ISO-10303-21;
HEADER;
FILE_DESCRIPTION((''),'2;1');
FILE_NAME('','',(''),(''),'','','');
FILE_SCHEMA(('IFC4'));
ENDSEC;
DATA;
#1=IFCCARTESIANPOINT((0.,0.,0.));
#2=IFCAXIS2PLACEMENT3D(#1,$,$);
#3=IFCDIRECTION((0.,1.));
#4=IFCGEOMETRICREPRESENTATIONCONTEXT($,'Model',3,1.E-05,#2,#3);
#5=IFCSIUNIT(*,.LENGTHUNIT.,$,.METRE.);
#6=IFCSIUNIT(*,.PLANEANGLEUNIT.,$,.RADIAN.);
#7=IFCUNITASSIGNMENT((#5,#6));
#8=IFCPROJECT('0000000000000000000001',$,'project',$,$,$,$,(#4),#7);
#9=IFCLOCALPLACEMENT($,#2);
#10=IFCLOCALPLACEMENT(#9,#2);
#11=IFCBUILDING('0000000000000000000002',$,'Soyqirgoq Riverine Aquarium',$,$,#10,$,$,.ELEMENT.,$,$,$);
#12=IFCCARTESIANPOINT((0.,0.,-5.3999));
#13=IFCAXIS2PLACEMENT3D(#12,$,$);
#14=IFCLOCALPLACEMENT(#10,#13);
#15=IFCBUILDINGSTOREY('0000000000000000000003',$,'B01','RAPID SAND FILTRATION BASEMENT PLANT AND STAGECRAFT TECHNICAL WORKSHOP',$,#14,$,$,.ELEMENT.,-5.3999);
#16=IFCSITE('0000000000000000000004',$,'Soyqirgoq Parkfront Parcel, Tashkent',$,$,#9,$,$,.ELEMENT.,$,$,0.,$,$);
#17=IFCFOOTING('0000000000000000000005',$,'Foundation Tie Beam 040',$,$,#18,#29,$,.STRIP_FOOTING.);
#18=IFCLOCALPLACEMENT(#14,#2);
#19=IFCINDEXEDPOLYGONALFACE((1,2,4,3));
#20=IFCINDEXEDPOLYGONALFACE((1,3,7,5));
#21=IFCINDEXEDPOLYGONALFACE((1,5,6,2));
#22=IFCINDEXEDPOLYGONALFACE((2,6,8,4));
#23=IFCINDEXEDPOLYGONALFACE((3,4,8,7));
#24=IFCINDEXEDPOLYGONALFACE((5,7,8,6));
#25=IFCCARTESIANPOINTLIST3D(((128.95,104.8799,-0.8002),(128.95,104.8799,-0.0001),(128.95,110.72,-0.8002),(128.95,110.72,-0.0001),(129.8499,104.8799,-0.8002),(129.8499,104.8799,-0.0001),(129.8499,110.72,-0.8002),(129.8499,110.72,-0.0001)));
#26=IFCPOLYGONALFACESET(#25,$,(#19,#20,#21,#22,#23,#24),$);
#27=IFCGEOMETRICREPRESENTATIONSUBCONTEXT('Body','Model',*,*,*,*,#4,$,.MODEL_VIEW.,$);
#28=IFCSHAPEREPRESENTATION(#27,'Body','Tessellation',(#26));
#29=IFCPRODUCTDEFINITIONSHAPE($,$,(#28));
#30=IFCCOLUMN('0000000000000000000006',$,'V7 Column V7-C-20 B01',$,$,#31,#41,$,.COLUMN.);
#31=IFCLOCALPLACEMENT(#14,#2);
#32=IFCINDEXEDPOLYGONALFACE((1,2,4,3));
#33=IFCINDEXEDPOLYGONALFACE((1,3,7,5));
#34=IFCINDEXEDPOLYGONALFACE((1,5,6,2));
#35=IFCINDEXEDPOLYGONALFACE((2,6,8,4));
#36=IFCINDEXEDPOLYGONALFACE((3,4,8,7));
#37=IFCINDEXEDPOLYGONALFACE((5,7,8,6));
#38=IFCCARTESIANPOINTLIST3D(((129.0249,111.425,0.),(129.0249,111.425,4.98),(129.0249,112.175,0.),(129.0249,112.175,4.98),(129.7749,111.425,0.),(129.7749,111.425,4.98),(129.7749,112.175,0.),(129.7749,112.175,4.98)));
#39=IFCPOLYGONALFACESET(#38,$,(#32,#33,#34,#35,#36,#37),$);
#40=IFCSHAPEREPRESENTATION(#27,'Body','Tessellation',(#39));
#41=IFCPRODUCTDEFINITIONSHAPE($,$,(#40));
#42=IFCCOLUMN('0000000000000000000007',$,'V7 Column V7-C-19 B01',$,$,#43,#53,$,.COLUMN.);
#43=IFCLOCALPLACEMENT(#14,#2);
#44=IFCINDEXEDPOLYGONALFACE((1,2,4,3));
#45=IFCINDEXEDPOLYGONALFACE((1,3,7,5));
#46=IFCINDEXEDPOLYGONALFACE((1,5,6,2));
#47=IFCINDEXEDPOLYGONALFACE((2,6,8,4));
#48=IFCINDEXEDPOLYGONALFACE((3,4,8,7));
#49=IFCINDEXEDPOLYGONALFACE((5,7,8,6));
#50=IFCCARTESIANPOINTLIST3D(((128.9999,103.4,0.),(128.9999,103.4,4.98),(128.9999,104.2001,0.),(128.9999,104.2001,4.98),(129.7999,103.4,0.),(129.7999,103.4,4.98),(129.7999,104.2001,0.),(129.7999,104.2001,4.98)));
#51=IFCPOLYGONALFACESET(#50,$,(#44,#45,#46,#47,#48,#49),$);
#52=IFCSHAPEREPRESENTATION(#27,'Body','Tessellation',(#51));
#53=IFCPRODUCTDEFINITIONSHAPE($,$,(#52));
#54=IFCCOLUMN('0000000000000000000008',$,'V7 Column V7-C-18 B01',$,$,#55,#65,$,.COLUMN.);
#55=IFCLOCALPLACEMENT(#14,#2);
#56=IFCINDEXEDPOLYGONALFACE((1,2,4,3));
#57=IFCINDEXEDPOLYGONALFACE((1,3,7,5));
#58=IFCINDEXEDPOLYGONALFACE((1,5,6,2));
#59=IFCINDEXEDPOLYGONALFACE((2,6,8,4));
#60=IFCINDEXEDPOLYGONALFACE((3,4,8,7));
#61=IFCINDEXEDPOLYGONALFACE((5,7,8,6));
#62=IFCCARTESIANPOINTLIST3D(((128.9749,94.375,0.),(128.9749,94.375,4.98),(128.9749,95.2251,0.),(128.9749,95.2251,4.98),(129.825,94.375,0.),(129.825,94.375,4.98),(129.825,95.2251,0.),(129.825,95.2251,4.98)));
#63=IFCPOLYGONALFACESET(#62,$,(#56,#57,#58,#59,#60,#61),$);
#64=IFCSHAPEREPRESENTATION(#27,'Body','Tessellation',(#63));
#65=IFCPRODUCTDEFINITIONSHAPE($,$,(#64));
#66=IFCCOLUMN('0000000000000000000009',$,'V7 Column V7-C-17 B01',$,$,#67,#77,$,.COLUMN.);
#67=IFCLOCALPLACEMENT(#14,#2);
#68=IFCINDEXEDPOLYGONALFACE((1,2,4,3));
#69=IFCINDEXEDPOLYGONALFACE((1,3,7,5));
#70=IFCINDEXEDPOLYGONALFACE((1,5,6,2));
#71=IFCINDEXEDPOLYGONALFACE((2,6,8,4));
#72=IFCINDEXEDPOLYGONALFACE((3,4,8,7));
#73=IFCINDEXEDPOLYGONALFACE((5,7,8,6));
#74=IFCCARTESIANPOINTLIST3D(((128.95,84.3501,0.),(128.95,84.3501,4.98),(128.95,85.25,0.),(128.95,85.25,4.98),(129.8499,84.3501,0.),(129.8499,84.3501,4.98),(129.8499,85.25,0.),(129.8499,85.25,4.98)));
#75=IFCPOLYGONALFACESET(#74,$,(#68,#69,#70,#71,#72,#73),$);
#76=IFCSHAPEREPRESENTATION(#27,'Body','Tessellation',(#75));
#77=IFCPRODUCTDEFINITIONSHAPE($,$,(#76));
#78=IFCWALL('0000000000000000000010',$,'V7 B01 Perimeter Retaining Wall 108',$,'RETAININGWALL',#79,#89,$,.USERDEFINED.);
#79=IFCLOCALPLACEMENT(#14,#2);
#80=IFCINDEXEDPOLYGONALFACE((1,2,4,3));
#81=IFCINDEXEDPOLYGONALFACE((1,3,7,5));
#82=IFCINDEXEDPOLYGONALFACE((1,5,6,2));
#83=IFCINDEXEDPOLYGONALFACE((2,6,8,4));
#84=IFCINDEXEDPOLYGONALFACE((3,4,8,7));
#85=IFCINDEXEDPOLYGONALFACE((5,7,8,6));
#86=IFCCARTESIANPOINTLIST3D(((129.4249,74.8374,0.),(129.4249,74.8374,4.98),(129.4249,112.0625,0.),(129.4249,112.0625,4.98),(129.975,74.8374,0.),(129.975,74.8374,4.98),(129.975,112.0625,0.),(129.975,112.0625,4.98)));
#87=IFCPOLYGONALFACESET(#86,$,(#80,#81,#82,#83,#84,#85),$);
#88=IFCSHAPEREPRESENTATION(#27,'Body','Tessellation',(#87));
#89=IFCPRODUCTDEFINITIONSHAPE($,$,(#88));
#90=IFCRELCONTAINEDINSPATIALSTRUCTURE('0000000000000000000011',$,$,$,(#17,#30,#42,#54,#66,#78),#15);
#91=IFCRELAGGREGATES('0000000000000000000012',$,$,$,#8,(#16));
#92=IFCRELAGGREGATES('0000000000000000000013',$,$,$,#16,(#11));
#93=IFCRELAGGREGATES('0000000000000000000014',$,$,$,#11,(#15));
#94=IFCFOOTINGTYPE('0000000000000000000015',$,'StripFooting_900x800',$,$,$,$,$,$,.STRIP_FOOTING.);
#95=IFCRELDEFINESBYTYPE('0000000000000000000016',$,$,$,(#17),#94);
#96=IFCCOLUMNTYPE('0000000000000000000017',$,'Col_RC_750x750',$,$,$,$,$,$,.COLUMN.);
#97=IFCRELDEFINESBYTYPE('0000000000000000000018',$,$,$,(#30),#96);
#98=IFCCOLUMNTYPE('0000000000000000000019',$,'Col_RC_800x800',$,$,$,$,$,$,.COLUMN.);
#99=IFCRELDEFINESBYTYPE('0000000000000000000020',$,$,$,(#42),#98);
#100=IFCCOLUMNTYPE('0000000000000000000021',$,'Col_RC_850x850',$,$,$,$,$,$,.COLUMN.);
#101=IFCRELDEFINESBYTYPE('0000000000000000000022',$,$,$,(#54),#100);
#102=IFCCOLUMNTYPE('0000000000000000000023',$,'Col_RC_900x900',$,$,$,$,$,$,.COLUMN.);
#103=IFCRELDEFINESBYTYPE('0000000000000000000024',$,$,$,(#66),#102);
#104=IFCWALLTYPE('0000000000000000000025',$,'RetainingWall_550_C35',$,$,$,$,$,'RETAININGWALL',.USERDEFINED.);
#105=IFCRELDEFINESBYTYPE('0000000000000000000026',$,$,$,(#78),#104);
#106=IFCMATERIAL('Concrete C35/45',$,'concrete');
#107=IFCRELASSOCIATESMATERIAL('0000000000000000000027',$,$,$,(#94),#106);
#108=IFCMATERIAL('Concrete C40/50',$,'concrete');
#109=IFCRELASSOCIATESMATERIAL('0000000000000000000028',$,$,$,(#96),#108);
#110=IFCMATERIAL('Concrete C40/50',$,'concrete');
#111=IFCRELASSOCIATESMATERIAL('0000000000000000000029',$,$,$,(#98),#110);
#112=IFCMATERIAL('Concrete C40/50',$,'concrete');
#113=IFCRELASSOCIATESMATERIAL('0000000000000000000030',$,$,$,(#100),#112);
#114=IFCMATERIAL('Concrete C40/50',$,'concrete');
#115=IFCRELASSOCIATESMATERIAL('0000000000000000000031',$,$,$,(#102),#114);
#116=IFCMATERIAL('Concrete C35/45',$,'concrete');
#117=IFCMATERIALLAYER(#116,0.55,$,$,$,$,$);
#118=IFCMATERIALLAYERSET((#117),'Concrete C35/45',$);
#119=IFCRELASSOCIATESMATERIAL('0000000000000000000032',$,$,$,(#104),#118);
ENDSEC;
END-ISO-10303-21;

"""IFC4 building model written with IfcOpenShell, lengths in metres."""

from ifc_helpers import new_model, si_unit, direction, frame, frame_2d, origin, origin_2d, place, context, subcontext, project, spatial, rectangle, extrude, material, layer, layer_set, material_profile, profile_set, type_object, element, save


model = new_model("IFC4")

# Units and contexts
model_context = context("Model", 3, precision=1e-05, world=origin(), true_north=direction((0.0, 1.0)))
body_context = subcontext(model_context, "Body", "Model", "MODEL_VIEW")
ifc_project = project(units=[si_unit("LENGTHUNIT", "METRE"), si_unit("PLANEANGLEUNIT", "RADIAN")], contexts=[model_context])

# Site, building, storey
site_placement = place(None, origin())
site = spatial("IfcSite", under=ifc_project, at=site_placement, Name="Soyqirgoq Parkfront Parcel, Tashkent", CompositionType="ELEMENT", RefElevation=0.0)
building_placement = place(site_placement, origin())
building = spatial("IfcBuilding", under=site, at=building_placement, Name="Soyqirgoq Riverine Aquarium", CompositionType="ELEMENT")
storey_placement = place(building_placement, frame((0.0, 0.0, -5.3999)))
storey = spatial("IfcBuildingStorey", under=building, at=storey_placement, Name="B01", Description="RAPID SAND FILTRATION BASEMENT PLANT AND STAGECRAFT TECHNICAL WORKSHOP", CompositionType="ELEMENT", Elevation=-5.3999)

# Footing
ifc_material_1 = material(Name="Concrete C35/45", Category="concrete")
ifc_material_profile_1 = material_profile(ifc_material_1, rectangle(XDim=0.8999, YDim=0.8, at=origin_2d()), Name="RC 900x800")
ifc_profile_set_1 = profile_set([ifc_material_profile_1], Name="Concrete C35/45")
footing_type_1 = type_object("IfcFootingType", Name="StripFooting_900x800", PredefinedType="STRIP_FOOTING", material=ifc_profile_set_1)
footing_1_placement = place(storey_placement, frame((129.3999, 104.8799, -0.4001), z_axis=(0.0, 1.0, 0.0), x_axis=(-1.0, 0.0, 0.0)))
element("IfcFooting", 1, at=footing_1_placement, inside=storey, type_object=footing_type_1, Name="Foundation Tie Beam 040", PredefinedType="STRIP_FOOTING", context=body_context, shape_type="SweptSolid", body=[
    extrude(rectangle(XDim=0.8999, YDim=0.8, at=origin_2d()), origin(), (0.0, 0.0, 1.0), 5.8401),
])

# Columns
ifc_material_2 = material(Name="Concrete C40/50", Category="concrete")
ifc_material_profile_2 = material_profile(ifc_material_2, rectangle(XDim=0.75, YDim=0.75, at=origin_2d()), Name="RC 750x750")
ifc_profile_set_2 = profile_set([ifc_material_profile_2], Name="Concrete C40/50")
column_type_1 = type_object("IfcColumnType", Name="Col_RC_750x750", PredefinedType="COLUMN", material=ifc_profile_set_2)
column_1_placement = place(storey_placement, frame((129.3999, 111.8, 0.0), z_axis=(0.0, 0.0, 1.0), x_axis=(1.0, 0.0, 0.0)))
element("IfcColumn", 2, at=column_1_placement, inside=storey, type_object=column_type_1, Name="V7 Column V7-C-20 B01", PredefinedType="COLUMN", context=body_context, shape_type="SweptSolid", body=[
    extrude(rectangle(XDim=0.75, YDim=0.75, at=origin_2d()), origin(), (0.0, 0.0, 1.0), 4.98),
])
ifc_material_3 = material(Name="Concrete C40/50", Category="concrete")
ifc_material_profile_3 = material_profile(ifc_material_3, rectangle(XDim=0.8, YDim=0.8, at=origin_2d()), Name="RC 800x800")
ifc_profile_set_3 = profile_set([ifc_material_profile_3], Name="Concrete C40/50")
column_type_2 = type_object("IfcColumnType", Name="Col_RC_800x800", PredefinedType="COLUMN", material=ifc_profile_set_3)
column_2_placement = place(storey_placement, frame((129.3999, 103.8, 0.0), z_axis=(0.0, 0.0, 1.0), x_axis=(1.0, 0.0, 0.0)))
element("IfcColumn", 3, at=column_2_placement, inside=storey, type_object=column_type_2, Name="V7 Column V7-C-19 B01", PredefinedType="COLUMN", context=body_context, shape_type="SweptSolid", body=[
    extrude(rectangle(XDim=0.8, YDim=0.8, at=origin_2d()), origin(), (0.0, 0.0, 1.0), 4.98),
])
ifc_material_4 = material(Name="Concrete C40/50", Category="concrete")
ifc_material_profile_4 = material_profile(ifc_material_4, rectangle(XDim=0.8501, YDim=0.8501, at=origin_2d()), Name="RC 850x850")
ifc_profile_set_4 = profile_set([ifc_material_profile_4], Name="Concrete C40/50")
column_type_3 = type_object("IfcColumnType", Name="Col_RC_850x850", PredefinedType="COLUMN", material=ifc_profile_set_4)
column_3_placement = place(storey_placement, frame((129.3999, 94.8, 0.0), z_axis=(0.0, 0.0, 1.0), x_axis=(1.0, 0.0, 0.0)))
element("IfcColumn", 4, at=column_3_placement, inside=storey, type_object=column_type_3, Name="V7 Column V7-C-18 B01", PredefinedType="COLUMN", context=body_context, shape_type="SweptSolid", body=[
    extrude(rectangle(XDim=0.8501, YDim=0.8501, at=origin_2d()), origin(), (0.0, 0.0, 1.0), 4.98),
])
ifc_material_5 = material(Name="Concrete C40/50", Category="concrete")
ifc_material_profile_5 = material_profile(ifc_material_5, rectangle(XDim=0.8999, YDim=0.8999, at=origin_2d()), Name="RC 900x900")
ifc_profile_set_5 = profile_set([ifc_material_profile_5], Name="Concrete C40/50")
column_type_4 = type_object("IfcColumnType", Name="Col_RC_900x900", PredefinedType="COLUMN", material=ifc_profile_set_5)
column_4_placement = place(storey_placement, frame((129.3999, 84.8, 0.0), z_axis=(0.0, 0.0, 1.0), x_axis=(1.0, 0.0, 0.0)))
element("IfcColumn", 5, at=column_4_placement, inside=storey, type_object=column_type_4, Name="V7 Column V7-C-17 B01", PredefinedType="COLUMN", context=body_context, shape_type="SweptSolid", body=[
    extrude(rectangle(XDim=0.8999, YDim=0.8999, at=origin_2d()), origin(), (0.0, 0.0, 1.0), 4.98),
])

# Wall
ifc_material_6 = material(Name="Concrete C35/45", Category="concrete")
ifc_layer = layer(ifc_material_6, 0.55)
ifc_layer_set = layer_set([ifc_layer], Name="Concrete C35/45")
wall_type = type_object("IfcWallType", Name="RetainingWall_550_C35", ElementType="RETAININGWALL", PredefinedType="USERDEFINED", material=ifc_layer_set)
wall_placement = place(storey_placement, frame((129.7, 112.0625, 0.0), z_axis=(0.0, 0.0, 1.0), x_axis=(0.0, -1.0, 0.0)))
element("IfcWall", 6, at=wall_placement, inside=storey, type_object=wall_type, Name="V7 B01 Perimeter Retaining Wall 108", ObjectType="RETAININGWALL", PredefinedType="USERDEFINED", context=body_context, shape_type="SweptSolid", body=[
    extrude(rectangle(XDim=37.2251, YDim=0.55, at=frame_2d((18.6125, 0.0))), origin(), (0.0, 0.0, 1.0), 4.98),
])

save(model, "model.ifc")
